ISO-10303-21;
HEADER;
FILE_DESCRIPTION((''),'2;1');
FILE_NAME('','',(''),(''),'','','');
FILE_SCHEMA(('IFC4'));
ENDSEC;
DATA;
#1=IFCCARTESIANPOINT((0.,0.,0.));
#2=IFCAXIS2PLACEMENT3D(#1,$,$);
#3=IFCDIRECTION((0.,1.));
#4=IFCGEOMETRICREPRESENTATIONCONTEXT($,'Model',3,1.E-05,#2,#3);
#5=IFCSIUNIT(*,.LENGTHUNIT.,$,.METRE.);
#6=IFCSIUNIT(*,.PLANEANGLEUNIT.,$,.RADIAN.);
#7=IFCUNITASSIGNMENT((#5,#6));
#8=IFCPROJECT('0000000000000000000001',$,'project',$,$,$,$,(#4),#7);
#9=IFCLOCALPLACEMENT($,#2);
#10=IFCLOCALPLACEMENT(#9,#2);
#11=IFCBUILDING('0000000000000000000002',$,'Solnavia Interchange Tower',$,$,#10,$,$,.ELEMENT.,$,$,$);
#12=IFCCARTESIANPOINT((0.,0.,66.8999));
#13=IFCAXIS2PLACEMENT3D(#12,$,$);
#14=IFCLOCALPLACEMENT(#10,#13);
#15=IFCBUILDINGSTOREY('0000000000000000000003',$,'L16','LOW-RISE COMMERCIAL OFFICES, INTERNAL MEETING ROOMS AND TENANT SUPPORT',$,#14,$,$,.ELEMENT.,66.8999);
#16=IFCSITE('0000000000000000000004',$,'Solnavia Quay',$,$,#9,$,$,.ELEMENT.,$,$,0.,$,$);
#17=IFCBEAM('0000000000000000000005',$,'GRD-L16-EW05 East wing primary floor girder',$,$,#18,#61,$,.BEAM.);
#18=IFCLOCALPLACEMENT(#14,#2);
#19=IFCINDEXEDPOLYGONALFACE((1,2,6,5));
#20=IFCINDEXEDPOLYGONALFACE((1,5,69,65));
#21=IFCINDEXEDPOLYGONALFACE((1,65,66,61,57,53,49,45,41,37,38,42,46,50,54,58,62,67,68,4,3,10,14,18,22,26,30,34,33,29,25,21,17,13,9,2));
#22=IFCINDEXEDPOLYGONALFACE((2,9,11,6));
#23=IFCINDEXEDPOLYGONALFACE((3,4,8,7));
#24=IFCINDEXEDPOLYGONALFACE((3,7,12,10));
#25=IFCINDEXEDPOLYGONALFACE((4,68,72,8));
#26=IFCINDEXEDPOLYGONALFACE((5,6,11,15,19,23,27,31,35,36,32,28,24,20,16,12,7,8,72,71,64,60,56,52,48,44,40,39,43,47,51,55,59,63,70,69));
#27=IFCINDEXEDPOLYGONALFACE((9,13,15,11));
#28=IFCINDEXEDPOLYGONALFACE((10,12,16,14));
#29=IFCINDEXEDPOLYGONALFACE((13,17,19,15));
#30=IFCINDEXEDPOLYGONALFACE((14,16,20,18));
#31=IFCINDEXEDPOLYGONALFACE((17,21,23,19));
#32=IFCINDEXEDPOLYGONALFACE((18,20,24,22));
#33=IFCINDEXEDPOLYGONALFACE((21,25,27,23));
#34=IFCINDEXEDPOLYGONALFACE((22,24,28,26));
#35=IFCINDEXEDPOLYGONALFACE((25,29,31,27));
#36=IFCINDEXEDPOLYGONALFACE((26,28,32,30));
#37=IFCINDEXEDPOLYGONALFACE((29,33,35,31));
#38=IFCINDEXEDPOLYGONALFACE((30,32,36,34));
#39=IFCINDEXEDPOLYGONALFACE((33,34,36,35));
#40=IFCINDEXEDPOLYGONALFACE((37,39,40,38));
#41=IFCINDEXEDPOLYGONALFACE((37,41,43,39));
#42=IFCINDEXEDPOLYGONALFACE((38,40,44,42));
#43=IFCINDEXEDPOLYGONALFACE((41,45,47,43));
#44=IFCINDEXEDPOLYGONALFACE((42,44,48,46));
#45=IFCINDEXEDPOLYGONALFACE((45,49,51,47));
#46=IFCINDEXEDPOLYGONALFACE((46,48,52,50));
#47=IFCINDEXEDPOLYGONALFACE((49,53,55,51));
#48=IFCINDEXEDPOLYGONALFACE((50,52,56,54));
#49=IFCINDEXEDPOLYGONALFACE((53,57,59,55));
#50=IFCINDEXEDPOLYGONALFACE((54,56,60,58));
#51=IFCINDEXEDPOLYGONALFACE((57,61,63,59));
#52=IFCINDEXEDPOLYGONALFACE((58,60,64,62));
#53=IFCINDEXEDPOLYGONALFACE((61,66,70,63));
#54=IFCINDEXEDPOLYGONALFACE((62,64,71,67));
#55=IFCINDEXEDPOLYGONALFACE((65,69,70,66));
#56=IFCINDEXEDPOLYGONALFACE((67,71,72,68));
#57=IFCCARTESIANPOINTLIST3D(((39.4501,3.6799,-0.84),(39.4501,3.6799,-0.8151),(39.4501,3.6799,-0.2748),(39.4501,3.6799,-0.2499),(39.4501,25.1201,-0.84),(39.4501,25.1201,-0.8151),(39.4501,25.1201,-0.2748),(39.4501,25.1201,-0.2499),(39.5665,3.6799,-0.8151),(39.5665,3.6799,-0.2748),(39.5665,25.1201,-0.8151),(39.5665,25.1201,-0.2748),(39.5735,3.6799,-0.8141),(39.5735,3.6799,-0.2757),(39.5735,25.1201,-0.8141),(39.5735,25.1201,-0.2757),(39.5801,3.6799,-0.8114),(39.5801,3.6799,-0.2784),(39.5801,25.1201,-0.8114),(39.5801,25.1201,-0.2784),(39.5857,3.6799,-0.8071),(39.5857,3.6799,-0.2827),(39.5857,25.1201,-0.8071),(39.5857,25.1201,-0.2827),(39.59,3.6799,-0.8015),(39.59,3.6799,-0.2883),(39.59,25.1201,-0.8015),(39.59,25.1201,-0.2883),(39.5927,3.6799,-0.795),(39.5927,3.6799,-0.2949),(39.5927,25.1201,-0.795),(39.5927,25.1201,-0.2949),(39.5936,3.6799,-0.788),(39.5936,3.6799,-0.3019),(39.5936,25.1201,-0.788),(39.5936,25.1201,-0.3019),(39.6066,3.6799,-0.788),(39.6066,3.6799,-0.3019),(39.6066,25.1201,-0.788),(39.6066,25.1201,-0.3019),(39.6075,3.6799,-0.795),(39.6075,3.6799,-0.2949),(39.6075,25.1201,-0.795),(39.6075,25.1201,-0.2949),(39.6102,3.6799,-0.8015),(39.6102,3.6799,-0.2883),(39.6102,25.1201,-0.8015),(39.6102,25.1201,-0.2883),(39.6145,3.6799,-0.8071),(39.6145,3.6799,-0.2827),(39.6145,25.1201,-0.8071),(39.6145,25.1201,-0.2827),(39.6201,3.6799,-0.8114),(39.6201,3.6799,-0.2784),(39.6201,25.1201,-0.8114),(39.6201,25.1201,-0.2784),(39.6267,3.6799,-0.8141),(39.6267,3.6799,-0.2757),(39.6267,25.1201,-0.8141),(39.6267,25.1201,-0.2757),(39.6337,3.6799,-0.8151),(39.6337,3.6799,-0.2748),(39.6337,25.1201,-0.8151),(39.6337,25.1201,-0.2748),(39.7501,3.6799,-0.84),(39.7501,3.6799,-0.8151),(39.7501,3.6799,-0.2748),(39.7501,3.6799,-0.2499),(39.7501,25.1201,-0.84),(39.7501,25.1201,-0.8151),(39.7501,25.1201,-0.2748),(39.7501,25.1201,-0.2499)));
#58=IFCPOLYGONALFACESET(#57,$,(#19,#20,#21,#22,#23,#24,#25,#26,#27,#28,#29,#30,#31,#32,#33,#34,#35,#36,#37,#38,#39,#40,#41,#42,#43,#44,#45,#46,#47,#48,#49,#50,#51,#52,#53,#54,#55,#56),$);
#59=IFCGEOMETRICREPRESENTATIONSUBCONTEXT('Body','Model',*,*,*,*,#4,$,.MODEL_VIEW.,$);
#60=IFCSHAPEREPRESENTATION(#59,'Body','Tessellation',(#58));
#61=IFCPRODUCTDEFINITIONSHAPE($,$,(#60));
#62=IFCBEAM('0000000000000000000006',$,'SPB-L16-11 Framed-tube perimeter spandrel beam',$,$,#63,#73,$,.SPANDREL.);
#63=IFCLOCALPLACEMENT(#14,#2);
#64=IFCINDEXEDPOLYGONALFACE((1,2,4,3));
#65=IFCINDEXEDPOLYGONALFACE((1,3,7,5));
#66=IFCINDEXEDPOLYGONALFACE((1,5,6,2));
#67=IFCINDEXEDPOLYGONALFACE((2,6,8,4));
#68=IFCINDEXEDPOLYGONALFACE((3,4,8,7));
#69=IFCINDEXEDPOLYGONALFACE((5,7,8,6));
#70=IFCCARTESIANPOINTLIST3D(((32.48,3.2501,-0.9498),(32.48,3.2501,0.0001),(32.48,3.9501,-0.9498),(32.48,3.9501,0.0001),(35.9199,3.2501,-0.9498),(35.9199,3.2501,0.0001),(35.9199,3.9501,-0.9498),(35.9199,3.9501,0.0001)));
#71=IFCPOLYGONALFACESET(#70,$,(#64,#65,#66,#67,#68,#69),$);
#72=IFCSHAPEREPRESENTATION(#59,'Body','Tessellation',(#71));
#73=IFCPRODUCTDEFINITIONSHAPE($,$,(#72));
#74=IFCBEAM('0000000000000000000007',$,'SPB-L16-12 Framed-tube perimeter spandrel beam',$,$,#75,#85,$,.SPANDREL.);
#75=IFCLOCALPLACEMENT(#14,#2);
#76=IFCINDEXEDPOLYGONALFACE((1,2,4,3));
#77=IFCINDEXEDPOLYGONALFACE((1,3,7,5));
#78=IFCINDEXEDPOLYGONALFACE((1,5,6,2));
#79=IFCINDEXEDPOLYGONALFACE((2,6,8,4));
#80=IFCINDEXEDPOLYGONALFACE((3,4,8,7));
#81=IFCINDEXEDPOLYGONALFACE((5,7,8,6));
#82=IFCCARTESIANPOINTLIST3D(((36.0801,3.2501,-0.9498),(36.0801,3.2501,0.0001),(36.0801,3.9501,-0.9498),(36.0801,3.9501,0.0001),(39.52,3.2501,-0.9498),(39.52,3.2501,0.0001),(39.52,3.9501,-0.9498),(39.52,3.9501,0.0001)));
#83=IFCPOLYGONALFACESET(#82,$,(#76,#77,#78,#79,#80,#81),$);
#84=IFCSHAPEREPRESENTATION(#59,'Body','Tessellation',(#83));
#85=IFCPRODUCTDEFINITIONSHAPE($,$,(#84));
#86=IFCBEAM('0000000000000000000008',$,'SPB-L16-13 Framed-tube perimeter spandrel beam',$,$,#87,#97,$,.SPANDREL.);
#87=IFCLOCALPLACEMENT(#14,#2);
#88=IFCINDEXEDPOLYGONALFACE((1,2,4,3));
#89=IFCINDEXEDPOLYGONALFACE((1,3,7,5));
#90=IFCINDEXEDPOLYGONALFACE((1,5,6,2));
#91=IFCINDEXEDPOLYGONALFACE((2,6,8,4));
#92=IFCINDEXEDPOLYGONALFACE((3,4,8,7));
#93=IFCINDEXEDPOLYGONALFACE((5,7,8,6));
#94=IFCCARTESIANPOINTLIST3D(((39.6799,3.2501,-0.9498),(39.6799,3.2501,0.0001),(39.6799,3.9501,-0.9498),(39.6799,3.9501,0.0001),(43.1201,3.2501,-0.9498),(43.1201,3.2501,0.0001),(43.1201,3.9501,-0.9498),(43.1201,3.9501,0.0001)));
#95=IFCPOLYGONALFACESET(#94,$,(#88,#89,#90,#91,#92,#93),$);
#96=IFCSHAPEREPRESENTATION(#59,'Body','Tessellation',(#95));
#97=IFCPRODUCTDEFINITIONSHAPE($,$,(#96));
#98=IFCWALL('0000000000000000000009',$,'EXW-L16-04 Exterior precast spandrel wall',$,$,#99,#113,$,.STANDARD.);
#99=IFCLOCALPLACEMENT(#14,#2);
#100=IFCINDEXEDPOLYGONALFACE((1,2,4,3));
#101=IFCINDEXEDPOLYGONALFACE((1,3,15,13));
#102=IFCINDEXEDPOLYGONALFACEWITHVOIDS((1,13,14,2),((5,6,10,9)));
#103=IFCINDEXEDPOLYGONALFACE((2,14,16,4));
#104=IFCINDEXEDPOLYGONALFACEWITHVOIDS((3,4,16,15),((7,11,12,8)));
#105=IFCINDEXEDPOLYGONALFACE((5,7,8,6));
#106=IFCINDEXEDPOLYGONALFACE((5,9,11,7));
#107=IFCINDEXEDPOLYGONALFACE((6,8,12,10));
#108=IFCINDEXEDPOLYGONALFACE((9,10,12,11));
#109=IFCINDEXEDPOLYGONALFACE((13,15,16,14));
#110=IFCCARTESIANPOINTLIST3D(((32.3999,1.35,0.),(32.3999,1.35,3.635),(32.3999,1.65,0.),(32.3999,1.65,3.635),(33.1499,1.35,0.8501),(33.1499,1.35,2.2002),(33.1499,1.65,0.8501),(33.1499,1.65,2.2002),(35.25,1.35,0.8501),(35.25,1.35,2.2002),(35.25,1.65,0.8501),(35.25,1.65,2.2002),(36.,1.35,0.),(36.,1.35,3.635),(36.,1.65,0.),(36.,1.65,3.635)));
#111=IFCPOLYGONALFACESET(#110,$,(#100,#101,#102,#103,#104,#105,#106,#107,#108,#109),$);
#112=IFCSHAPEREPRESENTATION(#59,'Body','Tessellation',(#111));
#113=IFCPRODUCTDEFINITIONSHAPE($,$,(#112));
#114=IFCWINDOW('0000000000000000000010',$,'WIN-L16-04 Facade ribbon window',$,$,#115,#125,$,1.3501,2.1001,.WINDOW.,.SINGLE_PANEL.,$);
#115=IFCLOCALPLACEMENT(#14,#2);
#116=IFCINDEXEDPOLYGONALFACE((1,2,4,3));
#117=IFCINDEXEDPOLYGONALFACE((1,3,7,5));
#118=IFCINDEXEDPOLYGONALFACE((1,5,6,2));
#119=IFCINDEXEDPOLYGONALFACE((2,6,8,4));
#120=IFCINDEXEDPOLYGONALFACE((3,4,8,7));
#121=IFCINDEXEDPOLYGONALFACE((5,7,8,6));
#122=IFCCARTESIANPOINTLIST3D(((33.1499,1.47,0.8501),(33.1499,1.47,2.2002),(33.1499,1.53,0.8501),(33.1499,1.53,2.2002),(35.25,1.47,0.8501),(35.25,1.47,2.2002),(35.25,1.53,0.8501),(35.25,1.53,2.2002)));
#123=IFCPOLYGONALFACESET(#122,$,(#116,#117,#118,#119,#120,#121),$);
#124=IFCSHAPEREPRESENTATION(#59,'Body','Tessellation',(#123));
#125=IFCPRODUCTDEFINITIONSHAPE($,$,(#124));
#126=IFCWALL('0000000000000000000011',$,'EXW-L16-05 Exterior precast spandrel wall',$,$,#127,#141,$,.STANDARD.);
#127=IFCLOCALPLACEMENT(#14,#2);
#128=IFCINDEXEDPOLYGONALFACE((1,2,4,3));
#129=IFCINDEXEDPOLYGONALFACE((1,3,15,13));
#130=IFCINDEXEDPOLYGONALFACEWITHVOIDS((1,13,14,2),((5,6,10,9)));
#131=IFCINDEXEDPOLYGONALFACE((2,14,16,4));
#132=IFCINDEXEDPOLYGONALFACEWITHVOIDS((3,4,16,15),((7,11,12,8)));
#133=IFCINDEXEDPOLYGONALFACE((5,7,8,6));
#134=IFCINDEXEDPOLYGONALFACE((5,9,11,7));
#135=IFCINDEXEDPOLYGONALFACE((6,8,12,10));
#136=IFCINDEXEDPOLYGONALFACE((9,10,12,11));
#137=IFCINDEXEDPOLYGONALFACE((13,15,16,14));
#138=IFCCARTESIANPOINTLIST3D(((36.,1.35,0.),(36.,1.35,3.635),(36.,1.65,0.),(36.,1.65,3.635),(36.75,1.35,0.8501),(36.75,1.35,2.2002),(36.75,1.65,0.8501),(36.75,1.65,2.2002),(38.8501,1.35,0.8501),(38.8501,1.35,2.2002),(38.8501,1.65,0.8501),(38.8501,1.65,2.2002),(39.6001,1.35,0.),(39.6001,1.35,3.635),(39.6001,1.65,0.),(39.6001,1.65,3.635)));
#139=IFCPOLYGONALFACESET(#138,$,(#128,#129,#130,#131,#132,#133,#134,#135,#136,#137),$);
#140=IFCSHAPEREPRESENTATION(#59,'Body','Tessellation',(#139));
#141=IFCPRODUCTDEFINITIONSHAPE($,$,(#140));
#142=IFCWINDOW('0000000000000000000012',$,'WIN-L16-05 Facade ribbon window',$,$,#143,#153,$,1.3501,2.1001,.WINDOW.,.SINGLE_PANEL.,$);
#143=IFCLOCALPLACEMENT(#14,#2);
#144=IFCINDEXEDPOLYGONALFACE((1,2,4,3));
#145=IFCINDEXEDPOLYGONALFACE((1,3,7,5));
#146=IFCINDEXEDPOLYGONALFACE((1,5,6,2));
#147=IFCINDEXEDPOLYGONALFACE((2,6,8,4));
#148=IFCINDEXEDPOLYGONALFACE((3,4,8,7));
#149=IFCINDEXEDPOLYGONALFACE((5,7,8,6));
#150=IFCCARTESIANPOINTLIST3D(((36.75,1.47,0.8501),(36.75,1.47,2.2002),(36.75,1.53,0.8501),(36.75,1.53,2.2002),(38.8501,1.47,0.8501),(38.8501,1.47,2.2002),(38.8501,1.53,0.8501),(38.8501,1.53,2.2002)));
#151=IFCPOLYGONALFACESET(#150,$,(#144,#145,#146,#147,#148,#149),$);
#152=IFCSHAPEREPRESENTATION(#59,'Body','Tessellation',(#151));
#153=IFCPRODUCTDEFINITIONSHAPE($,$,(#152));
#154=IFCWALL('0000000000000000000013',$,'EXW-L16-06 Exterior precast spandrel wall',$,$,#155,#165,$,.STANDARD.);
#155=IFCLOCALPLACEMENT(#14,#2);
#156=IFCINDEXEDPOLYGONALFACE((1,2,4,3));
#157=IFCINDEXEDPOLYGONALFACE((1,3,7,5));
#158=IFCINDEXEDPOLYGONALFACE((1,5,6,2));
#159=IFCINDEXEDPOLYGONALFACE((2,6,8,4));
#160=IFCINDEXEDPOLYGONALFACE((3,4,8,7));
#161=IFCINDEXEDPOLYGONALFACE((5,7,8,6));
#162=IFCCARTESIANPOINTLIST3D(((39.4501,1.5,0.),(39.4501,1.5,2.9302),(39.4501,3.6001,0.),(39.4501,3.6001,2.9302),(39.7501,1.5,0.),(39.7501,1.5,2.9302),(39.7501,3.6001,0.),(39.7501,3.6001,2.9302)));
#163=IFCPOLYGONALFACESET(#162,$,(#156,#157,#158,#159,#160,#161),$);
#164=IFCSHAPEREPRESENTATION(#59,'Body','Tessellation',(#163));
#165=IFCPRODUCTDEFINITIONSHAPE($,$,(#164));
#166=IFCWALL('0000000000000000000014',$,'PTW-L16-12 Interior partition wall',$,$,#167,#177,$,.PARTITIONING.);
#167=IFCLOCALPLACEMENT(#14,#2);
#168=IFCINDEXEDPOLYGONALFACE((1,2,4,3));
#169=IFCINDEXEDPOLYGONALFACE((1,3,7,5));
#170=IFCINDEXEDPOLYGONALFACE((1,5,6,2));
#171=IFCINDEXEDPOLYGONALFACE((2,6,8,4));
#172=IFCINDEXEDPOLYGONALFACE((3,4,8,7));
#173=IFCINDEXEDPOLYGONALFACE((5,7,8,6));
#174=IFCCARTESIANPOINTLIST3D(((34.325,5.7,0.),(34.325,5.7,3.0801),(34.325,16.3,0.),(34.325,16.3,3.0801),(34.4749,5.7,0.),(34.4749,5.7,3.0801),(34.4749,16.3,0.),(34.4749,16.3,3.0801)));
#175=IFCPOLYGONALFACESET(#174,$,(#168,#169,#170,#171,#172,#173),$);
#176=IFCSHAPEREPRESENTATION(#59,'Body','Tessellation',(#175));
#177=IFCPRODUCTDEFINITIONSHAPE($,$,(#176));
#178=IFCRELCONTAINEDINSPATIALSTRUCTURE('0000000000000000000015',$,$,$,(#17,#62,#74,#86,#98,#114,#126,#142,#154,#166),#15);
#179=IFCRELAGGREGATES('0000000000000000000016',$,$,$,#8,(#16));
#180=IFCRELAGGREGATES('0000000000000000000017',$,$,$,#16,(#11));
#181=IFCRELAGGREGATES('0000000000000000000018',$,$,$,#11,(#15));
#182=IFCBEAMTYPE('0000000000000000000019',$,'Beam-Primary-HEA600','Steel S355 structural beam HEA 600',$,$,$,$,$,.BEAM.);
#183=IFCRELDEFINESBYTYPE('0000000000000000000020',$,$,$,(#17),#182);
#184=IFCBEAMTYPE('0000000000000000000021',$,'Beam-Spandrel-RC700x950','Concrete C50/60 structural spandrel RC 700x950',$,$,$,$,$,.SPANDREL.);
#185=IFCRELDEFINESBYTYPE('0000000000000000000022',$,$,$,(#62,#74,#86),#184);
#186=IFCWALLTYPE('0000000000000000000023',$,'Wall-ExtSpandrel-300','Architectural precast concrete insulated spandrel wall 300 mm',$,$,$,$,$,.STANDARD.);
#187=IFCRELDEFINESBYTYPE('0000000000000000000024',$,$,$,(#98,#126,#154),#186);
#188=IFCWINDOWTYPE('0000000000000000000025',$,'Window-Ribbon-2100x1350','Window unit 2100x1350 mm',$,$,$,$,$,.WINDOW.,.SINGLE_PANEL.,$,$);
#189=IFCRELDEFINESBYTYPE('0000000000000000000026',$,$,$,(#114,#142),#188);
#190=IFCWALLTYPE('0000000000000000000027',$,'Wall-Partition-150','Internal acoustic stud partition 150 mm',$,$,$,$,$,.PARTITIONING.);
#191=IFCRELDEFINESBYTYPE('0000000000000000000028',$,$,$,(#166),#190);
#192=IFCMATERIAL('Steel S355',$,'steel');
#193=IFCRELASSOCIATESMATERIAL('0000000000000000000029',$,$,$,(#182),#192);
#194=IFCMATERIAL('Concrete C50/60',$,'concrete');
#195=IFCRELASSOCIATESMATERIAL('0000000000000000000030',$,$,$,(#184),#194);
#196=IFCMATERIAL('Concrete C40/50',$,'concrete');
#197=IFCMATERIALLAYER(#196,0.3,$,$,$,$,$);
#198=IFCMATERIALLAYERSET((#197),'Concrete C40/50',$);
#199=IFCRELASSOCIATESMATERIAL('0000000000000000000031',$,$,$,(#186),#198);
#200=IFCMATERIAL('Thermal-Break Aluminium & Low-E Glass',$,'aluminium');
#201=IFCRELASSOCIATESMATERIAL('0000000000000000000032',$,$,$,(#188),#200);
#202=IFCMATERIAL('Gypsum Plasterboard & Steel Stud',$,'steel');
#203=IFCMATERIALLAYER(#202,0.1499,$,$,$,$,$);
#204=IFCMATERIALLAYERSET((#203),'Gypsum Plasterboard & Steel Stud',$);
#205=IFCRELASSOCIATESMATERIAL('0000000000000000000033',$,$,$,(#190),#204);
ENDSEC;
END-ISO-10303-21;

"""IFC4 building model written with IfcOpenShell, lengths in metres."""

from ifc_helpers import new_model, si_unit, direction, frame, frame_2d, origin, origin_2d, place, context, subcontext, project, spatial, rectangle, i_section, extrude, material, layer, layer_set, material_profile, profile_set, type_object, element, fill, save


model = new_model("IFC4")

# Units and contexts
model_context = context("Model", 3, precision=1e-05, world=origin(), true_north=direction((0.0, 1.0)))
body_context = subcontext(model_context, "Body", "Model", "MODEL_VIEW")
ifc_project = project(units=[si_unit("LENGTHUNIT", "METRE"), si_unit("PLANEANGLEUNIT", "RADIAN")], contexts=[model_context])

# Site, building, storey
site_placement = place(None, origin())
site = spatial("IfcSite", under=ifc_project, at=site_placement, Name="Solnavia Quay", CompositionType="ELEMENT", RefElevation=0.0)
building_placement = place(site_placement, origin())
building = spatial("IfcBuilding", under=site, at=building_placement, Name="Solnavia Interchange Tower", CompositionType="ELEMENT")
storey_placement = place(building_placement, frame((0.0, 0.0, 66.8999)))
storey = spatial("IfcBuildingStorey", under=building, at=storey_placement, Name="L16", Description="LOW-RISE COMMERCIAL OFFICES, INTERNAL MEETING ROOMS AND TENANT SUPPORT", CompositionType="ELEMENT", Elevation=66.8999)

# Shared definitions
ifc_material_1 = material(Name="Steel S355", Category="steel")

# Beams
ifc_material_2 = material(Name="Concrete C50/60", Category="concrete")
ifc_material_profile_1 = material_profile(ifc_material_1, i_section(OverallWidth=0.3, OverallDepth=0.5901, WebThickness=0.0129, FlangeThickness=0.0249, FilletRadius=0.0271, at=origin_2d()), Name="HEA 600")
ifc_profile_set_1 = profile_set([ifc_material_profile_1], Name="Steel S355")
beam_type_1 = type_object("IfcBeamType", Name="Beam-Primary-HEA600", Description="Steel S355 structural beam HEA 600", PredefinedType="BEAM", material=ifc_profile_set_1)
beam_1_placement = place(storey_placement, frame((39.6001, 3.6799, -0.5449), z_axis=(0.0, 1.0, 0.0), x_axis=(-1.0, 0.0, 0.0)))
element("IfcBeam", 1, at=beam_1_placement, inside=storey, type_object=beam_type_1, Name="GRD-L16-EW05 East wing primary floor girder", PredefinedType="BEAM", context=body_context, shape_type="SweptSolid", body=[
    extrude(i_section(OverallWidth=0.3, OverallDepth=0.5901, WebThickness=0.0129, FlangeThickness=0.0249, FilletRadius=0.0271, at=origin_2d()), origin(), (0.0, 0.0, 1.0), 21.4402),
])
ifc_material_profile_2 = material_profile(ifc_material_2, rectangle(XDim=0.7, YDim=0.95, at=origin_2d()), Name="RC 700x950")
ifc_profile_set_2 = profile_set([ifc_material_profile_2], Name="Concrete C50/60")
beam_type_2 = type_object("IfcBeamType", Name="Beam-Spandrel-RC700x950", Description="Concrete C50/60 structural spandrel RC 700x950", PredefinedType="SPANDREL", material=ifc_profile_set_2)
for number, where, z_axis, x_axis, name in (
    (2, (32.48, 3.6001, -0.4749), (1.0, 0.0, 0.0), (0.0, 1.0, 0.0), "SPB-L16-11 Framed-tube perimeter spandrel beam"),
    (3, (36.0801, 3.6001, -0.4749), (1.0, 0.0, 0.0), (0.0, 1.0, 0.0), "SPB-L16-12 Framed-tube perimeter spandrel beam"),
):
    element("IfcBeam", number, at=place(storey_placement, frame(where, z_axis=z_axis, x_axis=x_axis)), inside=storey, type_object=beam_type_2, Name=name, PredefinedType="SPANDREL", context=body_context, shape_type="SweptSolid", body=[
        extrude(rectangle(XDim=0.7, YDim=0.95, at=origin_2d()), origin(), (0.0, 0.0, 1.0), 3.4399),
    ])
beam_2_placement = place(storey_placement, frame((39.6799, 3.6001, -0.4749), z_axis=(1.0, 0.0, 0.0), x_axis=(0.0, 1.0, 0.0)))
element("IfcBeam", 4, at=beam_2_placement, inside=storey, type_object=beam_type_2, Name="SPB-L16-13 Framed-tube perimeter spandrel beam", PredefinedType="SPANDREL", context=body_context, shape_type="SweptSolid", body=[
    extrude(rectangle(XDim=0.7, YDim=0.95, at=origin_2d()), origin(), (0.0, 0.0, 1.0), 3.4402),
])

# Walls, openings, windows
ifc_material_3 = material(Name="Concrete C40/50", Category="concrete")
ifc_layer_1 = layer(ifc_material_3, 0.3)
ifc_layer_set_1 = layer_set([ifc_layer_1], Name="Concrete C40/50")
wall_type_1 = type_object("IfcWallType", Name="Wall-ExtSpandrel-300", Description="Architectural precast concrete insulated spandrel wall 300 mm", PredefinedType="STANDARD", material=ifc_layer_set_1)
wall_1_placement = place(storey_placement, frame((36.0, 1.5, 0.0), z_axis=(0.0, 0.0, 1.0), x_axis=(-1.0, 0.0, 0.0)))
wall_1 = element("IfcWall", 5, at=wall_1_placement, inside=storey, type_object=wall_type_1, Name="EXW-L16-04 Exterior precast spandrel wall", PredefinedType="STANDARD", context=body_context, shape_type="SweptSolid", body=[
    extrude(rectangle(XDim=3.6001, YDim=0.3, at=frame_2d((1.8, 0.0))), origin(), (0.0, 0.0, 1.0), 3.635),
])
opening_1_placement = place(wall_1_placement, frame((0.75, 0.0, 0.8501)))
opening_1 = element("IfcOpeningElement", 6, at=opening_1_placement, cuts=wall_1, PredefinedType="OPENING", context=body_context, shape_type="SweptSolid", body=[
    extrude(rectangle(XDim=2.1001, YDim=1.3501, at=frame_2d((1.05, 0.675))), frame((0.0, 0.1602, 0.0), z_axis=(0.0, -1.0, 0.0), x_axis=(1.0, 0.0, 0.0)), (0.0, 0.0, 1.0), 0.3201),
])
ifc_material_4 = material(Name="Thermal-Break Aluminium & Low-E Glass", Category="aluminium")
window_type = type_object("IfcWindowType", Name="Window-Ribbon-2100x1350", Description="Window unit 2100x1350 mm", PartitioningType="SINGLE_PANEL", PredefinedType="WINDOW", material=ifc_material_4)
window_1_placement = place(opening_1_placement, origin())
window_1 = element("IfcWindow", 7, at=window_1_placement, inside=storey, type_object=window_type, Name="WIN-L16-04 Facade ribbon window", OverallHeight=1.3501, OverallWidth=2.1001, PartitioningType="SINGLE_PANEL", PredefinedType="WINDOW", context=body_context, shape_type="SweptSolid", body=[
    extrude(rectangle(XDim=2.1001, YDim=1.3501, at=frame_2d((1.05, 0.675))), frame((0.0, 0.03, 0.0), z_axis=(0.0, -1.0, 0.0), x_axis=(1.0, 0.0, 0.0)), (0.0, 0.0, 1.0), 0.0601),
])
fill(opening_1, window_1)
wall_2_placement = place(storey_placement, frame((39.6001, 1.5, 0.0), z_axis=(0.0, 0.0, 1.0), x_axis=(-1.0, 0.0, 0.0)))
wall_2 = element("IfcWall", 8, at=wall_2_placement, inside=storey, type_object=wall_type_1, Name="EXW-L16-05 Exterior precast spandrel wall", PredefinedType="STANDARD", context=body_context, shape_type="SweptSolid", body=[
    extrude(rectangle(XDim=3.6001, YDim=0.3, at=frame_2d((1.8, 0.0))), origin(), (0.0, 0.0, 1.0), 3.635),
])
opening_2_placement = place(wall_2_placement, frame((0.75, 0.0, 0.8501)))
opening_2 = element("IfcOpeningElement", 9, at=opening_2_placement, cuts=wall_2, PredefinedType="OPENING", context=body_context, shape_type="SweptSolid", body=[
    extrude(rectangle(XDim=2.1001, YDim=1.3501, at=frame_2d((1.05, 0.675))), frame((0.0, 0.1602, 0.0), z_axis=(0.0, -1.0, 0.0), x_axis=(1.0, 0.0, 0.0)), (0.0, 0.0, 1.0), 0.3201),
])
window_2_placement = place(opening_2_placement, origin())
window_2 = element("IfcWindow", 10, at=window_2_placement, inside=storey, type_object=window_type, Name="WIN-L16-05 Facade ribbon window", OverallHeight=1.3501, OverallWidth=2.1001, PartitioningType="SINGLE_PANEL", PredefinedType="WINDOW", context=body_context, shape_type="SweptSolid", body=[
    extrude(rectangle(XDim=2.1001, YDim=1.3501, at=frame_2d((1.05, 0.675))), frame((0.0, 0.03, 0.0), z_axis=(0.0, -1.0, 0.0), x_axis=(1.0, 0.0, 0.0)), (0.0, 0.0, 1.0), 0.0601),
])
fill(opening_2, window_2)

# Walls
wall_3_placement = place(storey_placement, frame((39.6001, 3.6001, 0.0), z_axis=(0.0, 0.0, 1.0), x_axis=(0.0, -1.0, 0.0)))
element("IfcWall", 11, at=wall_3_placement, inside=storey, type_object=wall_type_1, Name="EXW-L16-06 Exterior precast spandrel wall", PredefinedType="STANDARD", context=body_context, shape_type="SweptSolid", body=[
    extrude(rectangle(XDim=2.1001, YDim=0.3, at=frame_2d((1.05, 0.0))), origin(), (0.0, 0.0, 1.0), 2.9302),
])
ifc_material_5 = material(Name="Gypsum Plasterboard & Steel Stud", Category="steel")
ifc_layer_2 = layer(ifc_material_5, 0.1499)
ifc_layer_set_2 = layer_set([ifc_layer_2], Name="Gypsum Plasterboard & Steel Stud")
wall_type_2 = type_object("IfcWallType", Name="Wall-Partition-150", Description="Internal acoustic stud partition 150 mm", PredefinedType="PARTITIONING", material=ifc_layer_set_2)
wall_4_placement = place(storey_placement, frame((34.3999, 5.7, 0.0), z_axis=(0.0, 0.0, 1.0), x_axis=(0.0, 1.0, 0.0)))
element("IfcWall", 12, at=wall_4_placement, inside=storey, type_object=wall_type_2, Name="PTW-L16-12 Interior partition wall", PredefinedType="PARTITIONING", context=body_context, shape_type="SweptSolid", body=[
    extrude(rectangle(XDim=10.6001, YDim=0.1499, at=frame_2d((5.3, 0.0))), origin(), (0.0, 0.0, 1.0), 3.0801),
])

save(model, "model.ifc")
